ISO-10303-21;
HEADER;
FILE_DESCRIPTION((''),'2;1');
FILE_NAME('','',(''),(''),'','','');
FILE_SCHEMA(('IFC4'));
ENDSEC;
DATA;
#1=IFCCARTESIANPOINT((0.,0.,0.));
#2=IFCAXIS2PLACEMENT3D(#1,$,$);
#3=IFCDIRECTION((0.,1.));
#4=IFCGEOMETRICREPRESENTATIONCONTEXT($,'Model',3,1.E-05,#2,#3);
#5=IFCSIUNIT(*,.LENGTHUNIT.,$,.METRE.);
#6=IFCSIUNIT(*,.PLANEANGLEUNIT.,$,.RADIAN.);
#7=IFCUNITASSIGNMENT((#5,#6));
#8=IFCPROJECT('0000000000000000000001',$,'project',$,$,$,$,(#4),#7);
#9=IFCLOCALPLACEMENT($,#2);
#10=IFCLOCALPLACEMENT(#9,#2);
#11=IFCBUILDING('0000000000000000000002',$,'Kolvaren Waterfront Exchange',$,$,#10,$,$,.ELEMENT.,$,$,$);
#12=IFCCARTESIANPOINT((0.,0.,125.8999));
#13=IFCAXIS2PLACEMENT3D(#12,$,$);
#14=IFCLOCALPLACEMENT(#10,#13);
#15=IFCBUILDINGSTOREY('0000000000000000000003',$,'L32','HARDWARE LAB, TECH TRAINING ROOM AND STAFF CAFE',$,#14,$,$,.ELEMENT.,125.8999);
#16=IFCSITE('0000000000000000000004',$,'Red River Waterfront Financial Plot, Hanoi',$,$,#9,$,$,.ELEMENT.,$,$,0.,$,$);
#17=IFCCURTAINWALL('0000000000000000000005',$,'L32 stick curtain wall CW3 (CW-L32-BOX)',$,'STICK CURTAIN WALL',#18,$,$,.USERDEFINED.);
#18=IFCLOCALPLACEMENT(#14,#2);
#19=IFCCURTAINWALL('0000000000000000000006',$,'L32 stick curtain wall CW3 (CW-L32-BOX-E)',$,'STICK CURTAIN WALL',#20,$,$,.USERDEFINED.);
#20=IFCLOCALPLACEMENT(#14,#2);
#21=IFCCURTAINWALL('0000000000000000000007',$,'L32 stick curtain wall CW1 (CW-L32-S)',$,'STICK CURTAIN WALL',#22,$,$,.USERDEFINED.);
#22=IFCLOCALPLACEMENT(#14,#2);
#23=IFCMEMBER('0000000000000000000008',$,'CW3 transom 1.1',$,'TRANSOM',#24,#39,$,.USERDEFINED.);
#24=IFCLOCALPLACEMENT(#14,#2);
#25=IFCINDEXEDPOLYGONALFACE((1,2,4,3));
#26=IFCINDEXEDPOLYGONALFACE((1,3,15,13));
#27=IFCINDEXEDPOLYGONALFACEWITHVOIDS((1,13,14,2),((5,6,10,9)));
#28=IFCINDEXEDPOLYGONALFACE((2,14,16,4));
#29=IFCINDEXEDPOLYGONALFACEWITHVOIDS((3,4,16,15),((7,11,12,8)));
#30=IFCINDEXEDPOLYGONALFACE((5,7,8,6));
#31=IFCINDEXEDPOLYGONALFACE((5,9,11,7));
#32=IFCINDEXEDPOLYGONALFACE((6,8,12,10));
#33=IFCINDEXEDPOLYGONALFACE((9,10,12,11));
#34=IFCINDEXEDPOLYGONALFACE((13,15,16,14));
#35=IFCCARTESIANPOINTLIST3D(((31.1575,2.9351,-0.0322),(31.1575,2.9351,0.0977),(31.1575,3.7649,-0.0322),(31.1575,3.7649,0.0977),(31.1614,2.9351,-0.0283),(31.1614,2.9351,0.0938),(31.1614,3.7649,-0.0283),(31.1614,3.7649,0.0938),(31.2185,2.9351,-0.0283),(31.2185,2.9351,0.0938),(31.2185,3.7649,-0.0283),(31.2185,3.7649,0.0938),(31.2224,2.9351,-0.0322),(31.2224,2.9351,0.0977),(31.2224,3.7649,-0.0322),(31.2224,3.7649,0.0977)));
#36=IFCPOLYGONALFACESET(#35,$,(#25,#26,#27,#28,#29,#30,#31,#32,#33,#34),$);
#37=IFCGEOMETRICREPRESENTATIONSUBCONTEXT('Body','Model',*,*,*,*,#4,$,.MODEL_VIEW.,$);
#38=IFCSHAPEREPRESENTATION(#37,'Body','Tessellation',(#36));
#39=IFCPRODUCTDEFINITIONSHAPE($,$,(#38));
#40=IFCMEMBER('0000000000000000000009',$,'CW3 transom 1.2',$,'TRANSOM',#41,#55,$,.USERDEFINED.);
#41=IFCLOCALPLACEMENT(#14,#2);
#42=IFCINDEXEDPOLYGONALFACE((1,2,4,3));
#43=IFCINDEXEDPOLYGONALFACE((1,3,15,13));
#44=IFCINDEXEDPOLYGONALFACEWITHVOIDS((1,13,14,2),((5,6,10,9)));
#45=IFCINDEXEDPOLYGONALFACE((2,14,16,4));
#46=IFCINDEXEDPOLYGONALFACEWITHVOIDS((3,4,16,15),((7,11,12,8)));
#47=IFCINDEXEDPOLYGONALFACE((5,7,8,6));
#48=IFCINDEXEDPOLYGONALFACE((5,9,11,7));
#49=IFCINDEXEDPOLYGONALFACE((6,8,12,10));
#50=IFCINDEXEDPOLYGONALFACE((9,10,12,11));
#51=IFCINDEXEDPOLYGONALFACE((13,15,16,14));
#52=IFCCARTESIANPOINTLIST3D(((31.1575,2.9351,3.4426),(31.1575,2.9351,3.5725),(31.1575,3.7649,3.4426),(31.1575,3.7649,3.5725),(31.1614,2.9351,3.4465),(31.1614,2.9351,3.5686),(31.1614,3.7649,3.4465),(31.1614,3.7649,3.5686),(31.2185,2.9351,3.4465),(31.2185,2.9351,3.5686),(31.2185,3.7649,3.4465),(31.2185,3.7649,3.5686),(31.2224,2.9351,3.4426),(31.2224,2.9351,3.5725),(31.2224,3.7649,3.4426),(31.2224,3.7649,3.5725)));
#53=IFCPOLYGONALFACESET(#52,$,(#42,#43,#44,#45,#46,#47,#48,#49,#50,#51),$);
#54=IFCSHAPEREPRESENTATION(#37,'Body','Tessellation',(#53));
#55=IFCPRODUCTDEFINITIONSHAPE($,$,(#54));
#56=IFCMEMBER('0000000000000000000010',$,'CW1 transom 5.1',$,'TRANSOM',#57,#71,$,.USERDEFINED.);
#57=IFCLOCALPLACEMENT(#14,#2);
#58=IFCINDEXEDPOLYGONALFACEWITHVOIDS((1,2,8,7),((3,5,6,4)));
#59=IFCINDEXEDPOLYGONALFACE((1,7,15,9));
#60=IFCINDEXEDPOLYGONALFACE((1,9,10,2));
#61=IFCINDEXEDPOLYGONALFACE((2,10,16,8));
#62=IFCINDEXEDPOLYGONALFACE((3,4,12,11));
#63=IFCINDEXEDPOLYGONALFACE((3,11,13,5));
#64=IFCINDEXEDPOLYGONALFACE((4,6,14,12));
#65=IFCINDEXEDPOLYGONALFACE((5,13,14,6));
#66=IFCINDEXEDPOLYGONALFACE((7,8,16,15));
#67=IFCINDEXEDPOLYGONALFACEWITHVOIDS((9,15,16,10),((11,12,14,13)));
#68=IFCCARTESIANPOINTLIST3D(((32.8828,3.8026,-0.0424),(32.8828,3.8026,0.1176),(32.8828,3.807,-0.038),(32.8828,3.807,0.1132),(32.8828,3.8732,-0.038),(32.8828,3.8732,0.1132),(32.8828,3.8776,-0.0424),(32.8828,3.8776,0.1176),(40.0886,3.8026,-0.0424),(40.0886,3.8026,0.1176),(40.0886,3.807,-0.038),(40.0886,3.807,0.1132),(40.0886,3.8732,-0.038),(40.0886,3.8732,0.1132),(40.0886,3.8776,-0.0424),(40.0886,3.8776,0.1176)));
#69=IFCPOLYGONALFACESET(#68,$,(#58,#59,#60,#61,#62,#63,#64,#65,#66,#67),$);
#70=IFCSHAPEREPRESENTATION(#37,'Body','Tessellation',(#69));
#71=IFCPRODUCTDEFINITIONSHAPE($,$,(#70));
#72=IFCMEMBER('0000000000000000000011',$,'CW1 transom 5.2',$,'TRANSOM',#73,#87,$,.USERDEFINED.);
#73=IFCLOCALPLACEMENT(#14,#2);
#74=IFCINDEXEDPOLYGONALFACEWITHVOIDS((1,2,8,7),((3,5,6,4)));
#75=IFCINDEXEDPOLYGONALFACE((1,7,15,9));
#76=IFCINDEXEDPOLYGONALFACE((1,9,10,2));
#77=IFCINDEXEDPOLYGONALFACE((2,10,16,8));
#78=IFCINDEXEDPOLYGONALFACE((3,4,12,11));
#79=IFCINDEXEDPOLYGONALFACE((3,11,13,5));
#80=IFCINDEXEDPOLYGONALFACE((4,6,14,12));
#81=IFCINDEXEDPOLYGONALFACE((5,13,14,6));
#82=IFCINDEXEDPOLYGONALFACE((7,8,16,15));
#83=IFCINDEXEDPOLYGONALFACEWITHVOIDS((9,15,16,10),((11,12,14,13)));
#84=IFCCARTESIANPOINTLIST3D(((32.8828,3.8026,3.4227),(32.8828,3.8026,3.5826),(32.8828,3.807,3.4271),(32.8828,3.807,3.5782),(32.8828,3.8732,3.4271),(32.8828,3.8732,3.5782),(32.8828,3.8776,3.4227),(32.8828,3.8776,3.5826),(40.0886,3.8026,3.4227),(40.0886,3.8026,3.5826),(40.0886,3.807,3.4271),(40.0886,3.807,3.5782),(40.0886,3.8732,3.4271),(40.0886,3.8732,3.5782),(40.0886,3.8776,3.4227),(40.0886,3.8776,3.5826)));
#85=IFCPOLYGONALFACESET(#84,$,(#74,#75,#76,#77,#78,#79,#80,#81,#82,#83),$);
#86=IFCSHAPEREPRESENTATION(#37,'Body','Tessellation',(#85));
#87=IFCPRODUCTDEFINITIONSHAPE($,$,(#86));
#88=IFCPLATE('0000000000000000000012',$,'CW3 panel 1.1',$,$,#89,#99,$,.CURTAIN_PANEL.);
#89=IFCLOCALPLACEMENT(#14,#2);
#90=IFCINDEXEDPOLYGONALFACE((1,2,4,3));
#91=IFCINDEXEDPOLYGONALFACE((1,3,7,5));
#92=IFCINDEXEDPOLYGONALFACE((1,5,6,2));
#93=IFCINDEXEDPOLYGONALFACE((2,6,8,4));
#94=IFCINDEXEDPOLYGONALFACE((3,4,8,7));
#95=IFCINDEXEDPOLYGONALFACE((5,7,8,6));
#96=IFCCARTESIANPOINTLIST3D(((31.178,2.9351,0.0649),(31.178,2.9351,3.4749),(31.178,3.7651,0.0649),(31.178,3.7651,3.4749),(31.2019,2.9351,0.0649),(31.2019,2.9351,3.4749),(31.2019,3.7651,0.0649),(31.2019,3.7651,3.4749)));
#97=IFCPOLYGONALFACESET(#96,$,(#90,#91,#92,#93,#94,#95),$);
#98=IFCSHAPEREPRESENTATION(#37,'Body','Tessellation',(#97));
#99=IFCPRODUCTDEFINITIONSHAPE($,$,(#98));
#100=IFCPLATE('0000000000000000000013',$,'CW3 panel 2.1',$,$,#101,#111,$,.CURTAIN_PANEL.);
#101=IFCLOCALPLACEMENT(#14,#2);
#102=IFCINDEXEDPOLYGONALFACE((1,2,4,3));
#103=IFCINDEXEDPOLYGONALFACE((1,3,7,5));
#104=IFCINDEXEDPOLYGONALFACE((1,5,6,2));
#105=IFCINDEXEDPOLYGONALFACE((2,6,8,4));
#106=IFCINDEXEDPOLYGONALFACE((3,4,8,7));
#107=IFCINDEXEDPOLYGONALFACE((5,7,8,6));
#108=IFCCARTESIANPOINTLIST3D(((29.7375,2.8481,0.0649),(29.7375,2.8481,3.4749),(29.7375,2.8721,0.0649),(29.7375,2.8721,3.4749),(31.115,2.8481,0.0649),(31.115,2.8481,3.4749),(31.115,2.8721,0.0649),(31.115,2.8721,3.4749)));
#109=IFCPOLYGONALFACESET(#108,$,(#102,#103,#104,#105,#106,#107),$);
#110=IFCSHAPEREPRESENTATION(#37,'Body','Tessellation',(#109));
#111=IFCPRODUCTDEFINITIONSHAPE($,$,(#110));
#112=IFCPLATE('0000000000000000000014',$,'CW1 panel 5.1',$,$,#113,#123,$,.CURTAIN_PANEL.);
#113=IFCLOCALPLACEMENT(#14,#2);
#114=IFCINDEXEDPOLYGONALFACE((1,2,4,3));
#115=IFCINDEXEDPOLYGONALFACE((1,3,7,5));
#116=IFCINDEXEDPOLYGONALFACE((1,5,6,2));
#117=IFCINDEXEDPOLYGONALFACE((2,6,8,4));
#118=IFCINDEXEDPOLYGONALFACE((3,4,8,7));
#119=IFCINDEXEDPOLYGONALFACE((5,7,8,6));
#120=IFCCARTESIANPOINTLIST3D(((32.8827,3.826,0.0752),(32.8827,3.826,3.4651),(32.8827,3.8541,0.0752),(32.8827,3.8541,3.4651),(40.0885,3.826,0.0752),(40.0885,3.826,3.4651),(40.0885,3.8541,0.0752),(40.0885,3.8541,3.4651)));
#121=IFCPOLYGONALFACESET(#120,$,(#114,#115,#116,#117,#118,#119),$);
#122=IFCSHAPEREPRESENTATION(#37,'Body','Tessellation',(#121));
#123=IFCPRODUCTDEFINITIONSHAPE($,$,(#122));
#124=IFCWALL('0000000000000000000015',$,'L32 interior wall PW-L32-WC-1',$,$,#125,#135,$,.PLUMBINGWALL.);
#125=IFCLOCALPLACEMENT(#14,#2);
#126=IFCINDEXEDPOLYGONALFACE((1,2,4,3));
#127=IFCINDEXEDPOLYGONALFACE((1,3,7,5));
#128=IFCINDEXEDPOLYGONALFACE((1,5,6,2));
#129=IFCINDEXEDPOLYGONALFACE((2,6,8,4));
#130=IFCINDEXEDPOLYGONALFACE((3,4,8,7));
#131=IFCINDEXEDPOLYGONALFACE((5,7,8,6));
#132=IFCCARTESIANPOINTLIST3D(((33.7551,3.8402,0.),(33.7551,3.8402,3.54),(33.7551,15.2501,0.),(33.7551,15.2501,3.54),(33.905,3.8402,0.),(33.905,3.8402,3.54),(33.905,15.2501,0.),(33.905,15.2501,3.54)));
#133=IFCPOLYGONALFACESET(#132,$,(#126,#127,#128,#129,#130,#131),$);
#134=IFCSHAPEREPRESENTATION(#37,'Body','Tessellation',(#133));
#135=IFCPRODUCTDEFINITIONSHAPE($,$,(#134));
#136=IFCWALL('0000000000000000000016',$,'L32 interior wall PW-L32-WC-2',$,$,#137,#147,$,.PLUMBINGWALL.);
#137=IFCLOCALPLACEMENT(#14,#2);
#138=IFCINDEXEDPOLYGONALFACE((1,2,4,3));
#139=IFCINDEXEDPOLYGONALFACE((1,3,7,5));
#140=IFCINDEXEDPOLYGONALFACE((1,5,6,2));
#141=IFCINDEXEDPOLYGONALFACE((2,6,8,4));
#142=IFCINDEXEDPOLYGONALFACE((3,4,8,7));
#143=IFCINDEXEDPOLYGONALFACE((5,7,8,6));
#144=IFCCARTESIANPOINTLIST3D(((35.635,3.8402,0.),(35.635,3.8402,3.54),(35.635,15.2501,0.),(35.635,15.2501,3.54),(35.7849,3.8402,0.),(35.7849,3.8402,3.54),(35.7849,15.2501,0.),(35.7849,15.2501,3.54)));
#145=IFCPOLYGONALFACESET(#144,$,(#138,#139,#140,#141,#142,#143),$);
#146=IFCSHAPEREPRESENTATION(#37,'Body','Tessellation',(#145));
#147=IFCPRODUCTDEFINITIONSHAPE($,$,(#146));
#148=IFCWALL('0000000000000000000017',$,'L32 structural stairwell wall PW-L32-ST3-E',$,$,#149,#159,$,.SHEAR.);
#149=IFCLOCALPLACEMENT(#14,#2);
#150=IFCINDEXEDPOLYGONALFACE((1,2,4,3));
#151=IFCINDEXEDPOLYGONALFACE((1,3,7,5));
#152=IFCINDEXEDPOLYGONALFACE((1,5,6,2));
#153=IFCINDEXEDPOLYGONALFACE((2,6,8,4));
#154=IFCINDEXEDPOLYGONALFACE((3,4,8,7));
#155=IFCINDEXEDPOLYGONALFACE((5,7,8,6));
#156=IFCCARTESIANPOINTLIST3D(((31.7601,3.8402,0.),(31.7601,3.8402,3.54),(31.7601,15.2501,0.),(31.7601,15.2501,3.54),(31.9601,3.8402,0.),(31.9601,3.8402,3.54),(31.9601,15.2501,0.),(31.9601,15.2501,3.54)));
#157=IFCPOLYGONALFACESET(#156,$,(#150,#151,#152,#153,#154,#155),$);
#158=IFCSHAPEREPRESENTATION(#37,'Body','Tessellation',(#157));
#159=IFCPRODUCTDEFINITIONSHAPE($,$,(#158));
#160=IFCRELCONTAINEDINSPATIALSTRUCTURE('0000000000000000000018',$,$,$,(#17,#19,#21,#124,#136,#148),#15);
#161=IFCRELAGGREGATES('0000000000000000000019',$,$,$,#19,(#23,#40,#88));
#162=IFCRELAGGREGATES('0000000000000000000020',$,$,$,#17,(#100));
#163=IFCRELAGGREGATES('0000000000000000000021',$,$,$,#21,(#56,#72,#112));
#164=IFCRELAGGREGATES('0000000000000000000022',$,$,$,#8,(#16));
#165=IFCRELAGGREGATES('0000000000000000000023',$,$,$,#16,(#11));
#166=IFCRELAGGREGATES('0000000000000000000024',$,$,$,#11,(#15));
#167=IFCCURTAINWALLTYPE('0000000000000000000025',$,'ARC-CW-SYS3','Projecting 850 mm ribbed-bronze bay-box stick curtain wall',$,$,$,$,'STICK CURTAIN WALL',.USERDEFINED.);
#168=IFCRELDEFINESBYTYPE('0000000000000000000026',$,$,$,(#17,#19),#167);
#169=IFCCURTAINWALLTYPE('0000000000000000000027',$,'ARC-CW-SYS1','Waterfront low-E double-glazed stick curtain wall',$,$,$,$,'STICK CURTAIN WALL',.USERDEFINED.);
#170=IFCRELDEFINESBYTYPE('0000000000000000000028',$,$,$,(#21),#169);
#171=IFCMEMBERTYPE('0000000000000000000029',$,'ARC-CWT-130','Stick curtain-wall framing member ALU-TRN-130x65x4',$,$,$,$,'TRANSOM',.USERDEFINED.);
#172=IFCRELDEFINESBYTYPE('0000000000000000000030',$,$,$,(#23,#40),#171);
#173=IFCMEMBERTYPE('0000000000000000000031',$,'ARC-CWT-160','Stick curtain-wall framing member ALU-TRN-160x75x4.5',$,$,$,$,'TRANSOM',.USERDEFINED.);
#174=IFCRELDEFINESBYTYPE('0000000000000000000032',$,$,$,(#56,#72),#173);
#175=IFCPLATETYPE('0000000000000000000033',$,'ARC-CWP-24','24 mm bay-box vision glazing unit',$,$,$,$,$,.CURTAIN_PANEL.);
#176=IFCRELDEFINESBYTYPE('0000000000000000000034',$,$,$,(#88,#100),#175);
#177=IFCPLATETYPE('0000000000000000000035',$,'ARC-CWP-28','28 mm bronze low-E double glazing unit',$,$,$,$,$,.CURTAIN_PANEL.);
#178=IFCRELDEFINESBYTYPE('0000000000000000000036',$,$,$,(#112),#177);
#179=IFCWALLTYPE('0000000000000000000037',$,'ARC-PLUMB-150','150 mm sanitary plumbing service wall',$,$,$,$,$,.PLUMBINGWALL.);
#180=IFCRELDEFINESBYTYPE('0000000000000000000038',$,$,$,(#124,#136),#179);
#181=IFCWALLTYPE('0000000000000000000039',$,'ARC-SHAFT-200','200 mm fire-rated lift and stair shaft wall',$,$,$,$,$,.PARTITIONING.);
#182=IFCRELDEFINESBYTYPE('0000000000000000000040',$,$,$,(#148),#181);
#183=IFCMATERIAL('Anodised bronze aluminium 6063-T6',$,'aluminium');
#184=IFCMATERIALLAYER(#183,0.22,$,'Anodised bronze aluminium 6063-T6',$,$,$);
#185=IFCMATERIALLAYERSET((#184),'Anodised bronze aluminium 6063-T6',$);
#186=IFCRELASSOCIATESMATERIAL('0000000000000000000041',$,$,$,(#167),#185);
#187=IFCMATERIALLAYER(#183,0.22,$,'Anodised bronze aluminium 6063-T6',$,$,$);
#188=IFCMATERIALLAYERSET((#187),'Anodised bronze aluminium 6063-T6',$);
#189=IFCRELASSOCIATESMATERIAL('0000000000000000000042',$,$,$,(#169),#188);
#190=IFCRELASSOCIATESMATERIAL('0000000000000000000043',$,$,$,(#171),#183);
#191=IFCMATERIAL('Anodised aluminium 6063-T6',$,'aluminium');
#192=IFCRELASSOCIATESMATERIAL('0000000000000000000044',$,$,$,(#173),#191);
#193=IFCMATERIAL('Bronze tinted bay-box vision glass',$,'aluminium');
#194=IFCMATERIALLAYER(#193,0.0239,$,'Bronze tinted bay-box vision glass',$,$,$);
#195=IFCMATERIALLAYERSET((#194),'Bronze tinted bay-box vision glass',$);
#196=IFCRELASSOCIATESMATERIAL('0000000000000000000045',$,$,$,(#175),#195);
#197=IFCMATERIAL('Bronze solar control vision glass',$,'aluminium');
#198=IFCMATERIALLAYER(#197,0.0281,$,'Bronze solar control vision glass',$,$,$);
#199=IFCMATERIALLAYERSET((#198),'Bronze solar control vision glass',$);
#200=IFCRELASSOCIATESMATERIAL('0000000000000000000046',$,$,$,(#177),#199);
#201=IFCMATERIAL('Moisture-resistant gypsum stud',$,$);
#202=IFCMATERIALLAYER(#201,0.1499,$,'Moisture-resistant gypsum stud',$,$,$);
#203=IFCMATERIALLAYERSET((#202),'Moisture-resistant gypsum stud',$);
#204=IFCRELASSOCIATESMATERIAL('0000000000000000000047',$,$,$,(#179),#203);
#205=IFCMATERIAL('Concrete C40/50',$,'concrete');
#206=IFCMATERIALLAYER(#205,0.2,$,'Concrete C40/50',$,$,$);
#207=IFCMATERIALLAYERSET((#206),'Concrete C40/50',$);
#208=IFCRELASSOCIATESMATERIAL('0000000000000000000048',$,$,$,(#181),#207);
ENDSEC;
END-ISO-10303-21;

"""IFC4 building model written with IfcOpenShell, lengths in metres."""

from ifc_helpers import new_model, si_unit, direction, frame, frame_2d, origin, origin_with_axes, origin_2d, place, context, subcontext, project, spatial, rectangle, hollow_rectangle, extrude, source, transform, mapped, material, layer, layer_set, material_profile, profile_set, type_object, element, aggregate, save


model = new_model("IFC4")

# Units and contexts
model_context = context("Model", 3, precision=1e-05, world=origin(), true_north=direction((0.0, 1.0)))
body_context = subcontext(model_context, "Body", "Model", "MODEL_VIEW")
ifc_project = project(units=[si_unit("LENGTHUNIT", "METRE"), si_unit("PLANEANGLEUNIT", "RADIAN")], contexts=[model_context])

# Site, building, storey
site_placement = place(None, origin())
site = spatial("IfcSite", under=ifc_project, at=site_placement, Name="Red River Waterfront Financial Plot, Hanoi", CompositionType="ELEMENT", RefElevation=0.0)
building_placement = place(site_placement, origin())
building = spatial("IfcBuilding", under=site, at=building_placement, Name="Kolvaren Waterfront Exchange", CompositionType="ELEMENT")
storey_placement = place(building_placement, frame((0.0, 0.0, 125.8999)))
storey = spatial("IfcBuildingStorey", under=building, at=storey_placement, Name="L32", Description="HARDWARE LAB, TECH TRAINING ROOM AND STAFF CAFE", CompositionType="ELEMENT", Elevation=125.8999)

# Curtain wall
ifc_material_1 = material(Name="Anodised bronze aluminium 6063-T6", Category="aluminium")
ifc_layer_1 = layer(ifc_material_1, 0.22, Name="Anodised bronze aluminium 6063-T6")
ifc_layer_set_1 = layer_set([ifc_layer_1], Name="Anodised bronze aluminium 6063-T6")
curtain_wall_type_1 = type_object("IfcCurtainWallType", Name="ARC-CW-SYS3", Description="Projecting 850 mm ribbed-bronze bay-box stick curtain wall", ElementType="STICK CURTAIN WALL", PredefinedType="USERDEFINED", material=ifc_layer_set_1)
curtain_wall_1_placement = place(storey_placement, origin())
curtain_wall_1 = element("IfcCurtainWall", 1, at=curtain_wall_1_placement, inside=storey, type_object=curtain_wall_type_1, Name="L32 stick curtain wall CW3 (CW-L32-BOX)", ObjectType="STICK CURTAIN WALL", PredefinedType="USERDEFINED")

# Curtain wall
curtain_wall_2_placement = place(storey_placement, origin())
curtain_wall_2 = element("IfcCurtainWall", 2, at=curtain_wall_2_placement, inside=storey, type_object=curtain_wall_type_1, Name="L32 stick curtain wall CW3 (CW-L32-BOX-E)", ObjectType="STICK CURTAIN WALL", PredefinedType="USERDEFINED")

# Curtain wall
ifc_layer_2 = layer(ifc_material_1, 0.22, Name="Anodised bronze aluminium 6063-T6")
ifc_layer_set_2 = layer_set([ifc_layer_2], Name="Anodised bronze aluminium 6063-T6")
curtain_wall_type_2 = type_object("IfcCurtainWallType", Name="ARC-CW-SYS1", Description="Waterfront low-E double-glazed stick curtain wall", ElementType="STICK CURTAIN WALL", PredefinedType="USERDEFINED", material=ifc_layer_set_2)
curtain_wall_3_placement = place(storey_placement, origin())
curtain_wall_3 = element("IfcCurtainWall", 3, at=curtain_wall_3_placement, inside=storey, type_object=curtain_wall_type_2, Name="L32 stick curtain wall CW1 (CW-L32-S)", ObjectType="STICK CURTAIN WALL", PredefinedType="USERDEFINED")
ifc_material_2 = material(Name="Anodised aluminium 6063-T6", Category="aluminium")

# Members
ifc_material_profile_1 = material_profile(ifc_material_1, hollow_rectangle(XDim=0.0649, YDim=0.1299, WallThickness=0.0039, at=origin_2d()), Name="ALU-TRN-130x65x4")
ifc_profile_set_1 = profile_set([ifc_material_profile_1], Name="Anodised bronze aluminium 6063-T6")
member_type_1 = type_object("IfcMemberType", Name="ARC-CWT-130", Description="Stick curtain-wall framing member ALU-TRN-130x65x4", ElementType="TRANSOM", PredefinedType="USERDEFINED", material=ifc_profile_set_1)
shared_shape_1 = source(origin_with_axes(), body_context, "Body", "SweptSolid", [
    extrude(hollow_rectangle(XDim=0.0649, YDim=0.1299, WallThickness=0.0039, at=origin_2d()), origin(), (0.0, 0.0, 1.0), 0.8298),
])
member_1_placement = place(storey_placement, frame((31.1899, 2.9351, 0.0327), z_axis=(0.0, 1.0, 0.0), x_axis=(-1.0, 0.0, 0.0)))
member_1 = element("IfcMember", 4, at=member_1_placement, type_object=member_type_1, Name="CW3 transom 1.1", ObjectType="TRANSOM", PredefinedType="USERDEFINED", context=body_context, shape_type="MappedRepresentation", body=[
    mapped(shared_shape_1, transform((0.0, 0.0, 0.0), x_axis=(1.0, 0.0, 0.0), y_axis=(0.0, 1.0, 0.0), z_axis=(0.0, 0.0, 1.0), scale=1.0)),
])
member_2_placement = place(storey_placement, frame((31.1899, 2.9351, 3.5076), z_axis=(0.0, 1.0, 0.0), x_axis=(-1.0, 0.0, 0.0)))
member_2 = element("IfcMember", 5, at=member_2_placement, type_object=member_type_1, Name="CW3 transom 1.2", ObjectType="TRANSOM", PredefinedType="USERDEFINED", context=body_context, shape_type="MappedRepresentation", body=[
    mapped(shared_shape_1, transform((0.0, 0.0, 0.0), x_axis=(1.0, 0.0, 0.0), y_axis=(0.0, 1.0, 0.0), z_axis=(0.0, 0.0, 1.0), scale=1.0)),
])
ifc_material_profile_2 = material_profile(ifc_material_2, hollow_rectangle(XDim=0.075, YDim=0.1599, WallThickness=0.0044, at=origin_2d()), Name="ALU-TRN-160x75x4.5")
ifc_profile_set_2 = profile_set([ifc_material_profile_2], Name="Anodised aluminium 6063-T6")
member_type_2 = type_object("IfcMemberType", Name="ARC-CWT-160", Description="Stick curtain-wall framing member ALU-TRN-160x75x4.5", ElementType="TRANSOM", PredefinedType="USERDEFINED", material=ifc_profile_set_2)
shared_shape_2 = source(origin_with_axes(), body_context, "Body", "SweptSolid", [
    extrude(hollow_rectangle(XDim=0.075, YDim=0.1599, WallThickness=0.0044, at=origin_2d()), origin(), (0.0, 0.0, 1.0), 7.2058),
])
member_3_placement = place(storey_placement, frame((32.8828, 3.8401, 0.0376), z_axis=(1.0, 0.0, 0.0), x_axis=(0.0, 1.0, 0.0)))
member_3 = element("IfcMember", 6, at=member_3_placement, type_object=member_type_2, Name="CW1 transom 5.1", ObjectType="TRANSOM", PredefinedType="USERDEFINED", context=body_context, shape_type="MappedRepresentation", body=[
    mapped(shared_shape_2, transform((0.0, 0.0, 0.0), x_axis=(1.0, 0.0, 0.0), y_axis=(0.0, 1.0, 0.0), z_axis=(0.0, 0.0, 1.0), scale=1.0)),
])
member_4_placement = place(storey_placement, frame((32.8828, 3.8401, 3.5027), z_axis=(1.0, 0.0, 0.0), x_axis=(0.0, 1.0, 0.0)))
member_4 = element("IfcMember", 7, at=member_4_placement, type_object=member_type_2, Name="CW1 transom 5.2", ObjectType="TRANSOM", PredefinedType="USERDEFINED", context=body_context, shape_type="MappedRepresentation", body=[
    mapped(shared_shape_2, transform((0.0, 0.0, 0.0), x_axis=(1.0, 0.0, 0.0), y_axis=(0.0, 1.0, 0.0), z_axis=(0.0, 0.0, 1.0), scale=1.0)),
])

# Plates
ifc_material_3 = material(Name="Bronze tinted bay-box vision glass", Category="aluminium")
ifc_layer_3 = layer(ifc_material_3, 0.0239, Name="Bronze tinted bay-box vision glass")
ifc_layer_set_3 = layer_set([ifc_layer_3], Name="Bronze tinted bay-box vision glass")
plate_type_1 = type_object("IfcPlateType", Name="ARC-CWP-24", Description="24 mm bay-box vision glazing unit", PredefinedType="CURTAIN_PANEL", material=ifc_layer_set_3)
shared_shape_3 = source(origin_with_axes(), body_context, "Body", "SweptSolid", [
    extrude(rectangle(XDim=0.8301, YDim=0.0239, at=origin_2d()), origin(), (0.0, 0.0, 1.0), 3.4099),
])
plate_1_placement = place(storey_placement, frame((31.1899, 3.3501, 0.0649), z_axis=(0.0, 0.0, 1.0), x_axis=(0.0, 1.0, 0.0)))
plate_1 = element("IfcPlate", 8, at=plate_1_placement, type_object=plate_type_1, Name="CW3 panel 1.1", PredefinedType="CURTAIN_PANEL", context=body_context, shape_type="MappedRepresentation", body=[
    mapped(shared_shape_3, transform((0.0, 0.0, 0.0), x_axis=(1.0, 0.0, 0.0), y_axis=(0.0, 1.0, 0.0), z_axis=(0.0, 0.0, 1.0), scale=1.0)),
])
aggregate(curtain_wall_2, [member_1, member_2, plate_1])
shared_shape_4 = source(origin_with_axes(), body_context, "Body", "SweptSolid", [
    extrude(rectangle(XDim=1.3774, YDim=0.0239, at=origin_2d()), origin(), (0.0, 0.0, 1.0), 3.4099),
])
plate_2_placement = place(storey_placement, frame((30.4263, 2.8601, 0.0649), z_axis=(0.0, 0.0, 1.0), x_axis=(1.0, 0.0, 0.0)))
plate_2 = element("IfcPlate", 9, at=plate_2_placement, type_object=plate_type_1, Name="CW3 panel 2.1", PredefinedType="CURTAIN_PANEL", context=body_context, shape_type="MappedRepresentation", body=[
    mapped(shared_shape_4, transform((0.0, 0.0, 0.0), x_axis=(1.0, 0.0, 0.0), y_axis=(0.0, 1.0, 0.0), z_axis=(0.0, 0.0, 1.0), scale=1.0)),
])
aggregate(curtain_wall_1, [plate_2])
ifc_material_4 = material(Name="Bronze solar control vision glass", Category="aluminium")
ifc_layer_4 = layer(ifc_material_4, 0.0281, Name="Bronze solar control vision glass")
ifc_layer_set_4 = layer_set([ifc_layer_4], Name="Bronze solar control vision glass")
plate_type_2 = type_object("IfcPlateType", Name="ARC-CWP-28", Description="28 mm bronze low-E double glazing unit", PredefinedType="CURTAIN_PANEL", material=ifc_layer_set_4)
shared_shape_5 = source(origin_with_axes(), body_context, "Body", "SweptSolid", [
    extrude(rectangle(XDim=7.2058, YDim=0.0281, at=origin_2d()), origin(), (0.0, 0.0, 1.0), 3.3899),
])
plate_3_placement = place(storey_placement, frame((36.4856, 3.8401, 0.0752), z_axis=(0.0, 0.0, 1.0), x_axis=(1.0, 0.0, 0.0)))
plate_3 = element("IfcPlate", 10, at=plate_3_placement, type_object=plate_type_2, Name="CW1 panel 5.1", PredefinedType="CURTAIN_PANEL", context=body_context, shape_type="MappedRepresentation", body=[
    mapped(shared_shape_5, transform((0.0, 0.0, 0.0), x_axis=(1.0, 0.0, 0.0), y_axis=(0.0, 1.0, 0.0), z_axis=(0.0, 0.0, 1.0), scale=1.0)),
])
aggregate(curtain_wall_3, [member_3, member_4, plate_3])

# Walls
ifc_material_5 = material(Name="Moisture-resistant gypsum stud")
ifc_layer_5 = layer(ifc_material_5, 0.1499, Name="Moisture-resistant gypsum stud")
ifc_layer_set_5 = layer_set([ifc_layer_5], Name="Moisture-resistant gypsum stud")
wall_type_1 = type_object("IfcWallType", Name="ARC-PLUMB-150", Description="150 mm sanitary plumbing service wall", PredefinedType="PLUMBINGWALL", material=ifc_layer_set_5)
for number, where, z_axis, x_axis, name in (
    (11, (33.8301, 3.8401, 0.0), (0.0, 0.0, 1.0), (0.0, 1.0, 0.0), "L32 interior wall PW-L32-WC-1"),
    (12, (35.71, 3.8401, 0.0), (0.0, 0.0, 1.0), (0.0, 1.0, 0.0), "L32 interior wall PW-L32-WC-2"),
):
    element("IfcWall", number, at=place(storey_placement, frame(where, z_axis=z_axis, x_axis=x_axis)), inside=storey, type_object=wall_type_1, Name=name, PredefinedType="PLUMBINGWALL", context=body_context, shape_type="SweptSolid", body=[
        extrude(rectangle(XDim=11.4099, YDim=0.1499, at=frame_2d((5.7051, 0.0))), origin(), (0.0, 0.0, 1.0), 3.54),
    ])
ifc_material_6 = material(Name="Concrete C40/50", Category="concrete")
ifc_layer_6 = layer(ifc_material_6, 0.2, Name="Concrete C40/50")
ifc_layer_set_6 = layer_set([ifc_layer_6], Name="Concrete C40/50")
wall_type_2 = type_object("IfcWallType", Name="ARC-SHAFT-200", Description="200 mm fire-rated lift and stair shaft wall", PredefinedType="PARTITIONING", material=ifc_layer_set_6)
wall_placement = place(storey_placement, frame((31.8601, 3.8401, 0.0), z_axis=(0.0, 0.0, 1.0), x_axis=(0.0, 1.0, 0.0)))
element("IfcWall", 13, at=wall_placement, inside=storey, type_object=wall_type_2, Name="L32 structural stairwell wall PW-L32-ST3-E", PredefinedType="SHEAR", context=body_context, shape_type="SweptSolid", body=[
    extrude(rectangle(XDim=11.4099, YDim=0.2, at=frame_2d((5.7051, 0.0))), origin(), (0.0, 0.0, 1.0), 3.54),
])

save(model, "model.ifc")
